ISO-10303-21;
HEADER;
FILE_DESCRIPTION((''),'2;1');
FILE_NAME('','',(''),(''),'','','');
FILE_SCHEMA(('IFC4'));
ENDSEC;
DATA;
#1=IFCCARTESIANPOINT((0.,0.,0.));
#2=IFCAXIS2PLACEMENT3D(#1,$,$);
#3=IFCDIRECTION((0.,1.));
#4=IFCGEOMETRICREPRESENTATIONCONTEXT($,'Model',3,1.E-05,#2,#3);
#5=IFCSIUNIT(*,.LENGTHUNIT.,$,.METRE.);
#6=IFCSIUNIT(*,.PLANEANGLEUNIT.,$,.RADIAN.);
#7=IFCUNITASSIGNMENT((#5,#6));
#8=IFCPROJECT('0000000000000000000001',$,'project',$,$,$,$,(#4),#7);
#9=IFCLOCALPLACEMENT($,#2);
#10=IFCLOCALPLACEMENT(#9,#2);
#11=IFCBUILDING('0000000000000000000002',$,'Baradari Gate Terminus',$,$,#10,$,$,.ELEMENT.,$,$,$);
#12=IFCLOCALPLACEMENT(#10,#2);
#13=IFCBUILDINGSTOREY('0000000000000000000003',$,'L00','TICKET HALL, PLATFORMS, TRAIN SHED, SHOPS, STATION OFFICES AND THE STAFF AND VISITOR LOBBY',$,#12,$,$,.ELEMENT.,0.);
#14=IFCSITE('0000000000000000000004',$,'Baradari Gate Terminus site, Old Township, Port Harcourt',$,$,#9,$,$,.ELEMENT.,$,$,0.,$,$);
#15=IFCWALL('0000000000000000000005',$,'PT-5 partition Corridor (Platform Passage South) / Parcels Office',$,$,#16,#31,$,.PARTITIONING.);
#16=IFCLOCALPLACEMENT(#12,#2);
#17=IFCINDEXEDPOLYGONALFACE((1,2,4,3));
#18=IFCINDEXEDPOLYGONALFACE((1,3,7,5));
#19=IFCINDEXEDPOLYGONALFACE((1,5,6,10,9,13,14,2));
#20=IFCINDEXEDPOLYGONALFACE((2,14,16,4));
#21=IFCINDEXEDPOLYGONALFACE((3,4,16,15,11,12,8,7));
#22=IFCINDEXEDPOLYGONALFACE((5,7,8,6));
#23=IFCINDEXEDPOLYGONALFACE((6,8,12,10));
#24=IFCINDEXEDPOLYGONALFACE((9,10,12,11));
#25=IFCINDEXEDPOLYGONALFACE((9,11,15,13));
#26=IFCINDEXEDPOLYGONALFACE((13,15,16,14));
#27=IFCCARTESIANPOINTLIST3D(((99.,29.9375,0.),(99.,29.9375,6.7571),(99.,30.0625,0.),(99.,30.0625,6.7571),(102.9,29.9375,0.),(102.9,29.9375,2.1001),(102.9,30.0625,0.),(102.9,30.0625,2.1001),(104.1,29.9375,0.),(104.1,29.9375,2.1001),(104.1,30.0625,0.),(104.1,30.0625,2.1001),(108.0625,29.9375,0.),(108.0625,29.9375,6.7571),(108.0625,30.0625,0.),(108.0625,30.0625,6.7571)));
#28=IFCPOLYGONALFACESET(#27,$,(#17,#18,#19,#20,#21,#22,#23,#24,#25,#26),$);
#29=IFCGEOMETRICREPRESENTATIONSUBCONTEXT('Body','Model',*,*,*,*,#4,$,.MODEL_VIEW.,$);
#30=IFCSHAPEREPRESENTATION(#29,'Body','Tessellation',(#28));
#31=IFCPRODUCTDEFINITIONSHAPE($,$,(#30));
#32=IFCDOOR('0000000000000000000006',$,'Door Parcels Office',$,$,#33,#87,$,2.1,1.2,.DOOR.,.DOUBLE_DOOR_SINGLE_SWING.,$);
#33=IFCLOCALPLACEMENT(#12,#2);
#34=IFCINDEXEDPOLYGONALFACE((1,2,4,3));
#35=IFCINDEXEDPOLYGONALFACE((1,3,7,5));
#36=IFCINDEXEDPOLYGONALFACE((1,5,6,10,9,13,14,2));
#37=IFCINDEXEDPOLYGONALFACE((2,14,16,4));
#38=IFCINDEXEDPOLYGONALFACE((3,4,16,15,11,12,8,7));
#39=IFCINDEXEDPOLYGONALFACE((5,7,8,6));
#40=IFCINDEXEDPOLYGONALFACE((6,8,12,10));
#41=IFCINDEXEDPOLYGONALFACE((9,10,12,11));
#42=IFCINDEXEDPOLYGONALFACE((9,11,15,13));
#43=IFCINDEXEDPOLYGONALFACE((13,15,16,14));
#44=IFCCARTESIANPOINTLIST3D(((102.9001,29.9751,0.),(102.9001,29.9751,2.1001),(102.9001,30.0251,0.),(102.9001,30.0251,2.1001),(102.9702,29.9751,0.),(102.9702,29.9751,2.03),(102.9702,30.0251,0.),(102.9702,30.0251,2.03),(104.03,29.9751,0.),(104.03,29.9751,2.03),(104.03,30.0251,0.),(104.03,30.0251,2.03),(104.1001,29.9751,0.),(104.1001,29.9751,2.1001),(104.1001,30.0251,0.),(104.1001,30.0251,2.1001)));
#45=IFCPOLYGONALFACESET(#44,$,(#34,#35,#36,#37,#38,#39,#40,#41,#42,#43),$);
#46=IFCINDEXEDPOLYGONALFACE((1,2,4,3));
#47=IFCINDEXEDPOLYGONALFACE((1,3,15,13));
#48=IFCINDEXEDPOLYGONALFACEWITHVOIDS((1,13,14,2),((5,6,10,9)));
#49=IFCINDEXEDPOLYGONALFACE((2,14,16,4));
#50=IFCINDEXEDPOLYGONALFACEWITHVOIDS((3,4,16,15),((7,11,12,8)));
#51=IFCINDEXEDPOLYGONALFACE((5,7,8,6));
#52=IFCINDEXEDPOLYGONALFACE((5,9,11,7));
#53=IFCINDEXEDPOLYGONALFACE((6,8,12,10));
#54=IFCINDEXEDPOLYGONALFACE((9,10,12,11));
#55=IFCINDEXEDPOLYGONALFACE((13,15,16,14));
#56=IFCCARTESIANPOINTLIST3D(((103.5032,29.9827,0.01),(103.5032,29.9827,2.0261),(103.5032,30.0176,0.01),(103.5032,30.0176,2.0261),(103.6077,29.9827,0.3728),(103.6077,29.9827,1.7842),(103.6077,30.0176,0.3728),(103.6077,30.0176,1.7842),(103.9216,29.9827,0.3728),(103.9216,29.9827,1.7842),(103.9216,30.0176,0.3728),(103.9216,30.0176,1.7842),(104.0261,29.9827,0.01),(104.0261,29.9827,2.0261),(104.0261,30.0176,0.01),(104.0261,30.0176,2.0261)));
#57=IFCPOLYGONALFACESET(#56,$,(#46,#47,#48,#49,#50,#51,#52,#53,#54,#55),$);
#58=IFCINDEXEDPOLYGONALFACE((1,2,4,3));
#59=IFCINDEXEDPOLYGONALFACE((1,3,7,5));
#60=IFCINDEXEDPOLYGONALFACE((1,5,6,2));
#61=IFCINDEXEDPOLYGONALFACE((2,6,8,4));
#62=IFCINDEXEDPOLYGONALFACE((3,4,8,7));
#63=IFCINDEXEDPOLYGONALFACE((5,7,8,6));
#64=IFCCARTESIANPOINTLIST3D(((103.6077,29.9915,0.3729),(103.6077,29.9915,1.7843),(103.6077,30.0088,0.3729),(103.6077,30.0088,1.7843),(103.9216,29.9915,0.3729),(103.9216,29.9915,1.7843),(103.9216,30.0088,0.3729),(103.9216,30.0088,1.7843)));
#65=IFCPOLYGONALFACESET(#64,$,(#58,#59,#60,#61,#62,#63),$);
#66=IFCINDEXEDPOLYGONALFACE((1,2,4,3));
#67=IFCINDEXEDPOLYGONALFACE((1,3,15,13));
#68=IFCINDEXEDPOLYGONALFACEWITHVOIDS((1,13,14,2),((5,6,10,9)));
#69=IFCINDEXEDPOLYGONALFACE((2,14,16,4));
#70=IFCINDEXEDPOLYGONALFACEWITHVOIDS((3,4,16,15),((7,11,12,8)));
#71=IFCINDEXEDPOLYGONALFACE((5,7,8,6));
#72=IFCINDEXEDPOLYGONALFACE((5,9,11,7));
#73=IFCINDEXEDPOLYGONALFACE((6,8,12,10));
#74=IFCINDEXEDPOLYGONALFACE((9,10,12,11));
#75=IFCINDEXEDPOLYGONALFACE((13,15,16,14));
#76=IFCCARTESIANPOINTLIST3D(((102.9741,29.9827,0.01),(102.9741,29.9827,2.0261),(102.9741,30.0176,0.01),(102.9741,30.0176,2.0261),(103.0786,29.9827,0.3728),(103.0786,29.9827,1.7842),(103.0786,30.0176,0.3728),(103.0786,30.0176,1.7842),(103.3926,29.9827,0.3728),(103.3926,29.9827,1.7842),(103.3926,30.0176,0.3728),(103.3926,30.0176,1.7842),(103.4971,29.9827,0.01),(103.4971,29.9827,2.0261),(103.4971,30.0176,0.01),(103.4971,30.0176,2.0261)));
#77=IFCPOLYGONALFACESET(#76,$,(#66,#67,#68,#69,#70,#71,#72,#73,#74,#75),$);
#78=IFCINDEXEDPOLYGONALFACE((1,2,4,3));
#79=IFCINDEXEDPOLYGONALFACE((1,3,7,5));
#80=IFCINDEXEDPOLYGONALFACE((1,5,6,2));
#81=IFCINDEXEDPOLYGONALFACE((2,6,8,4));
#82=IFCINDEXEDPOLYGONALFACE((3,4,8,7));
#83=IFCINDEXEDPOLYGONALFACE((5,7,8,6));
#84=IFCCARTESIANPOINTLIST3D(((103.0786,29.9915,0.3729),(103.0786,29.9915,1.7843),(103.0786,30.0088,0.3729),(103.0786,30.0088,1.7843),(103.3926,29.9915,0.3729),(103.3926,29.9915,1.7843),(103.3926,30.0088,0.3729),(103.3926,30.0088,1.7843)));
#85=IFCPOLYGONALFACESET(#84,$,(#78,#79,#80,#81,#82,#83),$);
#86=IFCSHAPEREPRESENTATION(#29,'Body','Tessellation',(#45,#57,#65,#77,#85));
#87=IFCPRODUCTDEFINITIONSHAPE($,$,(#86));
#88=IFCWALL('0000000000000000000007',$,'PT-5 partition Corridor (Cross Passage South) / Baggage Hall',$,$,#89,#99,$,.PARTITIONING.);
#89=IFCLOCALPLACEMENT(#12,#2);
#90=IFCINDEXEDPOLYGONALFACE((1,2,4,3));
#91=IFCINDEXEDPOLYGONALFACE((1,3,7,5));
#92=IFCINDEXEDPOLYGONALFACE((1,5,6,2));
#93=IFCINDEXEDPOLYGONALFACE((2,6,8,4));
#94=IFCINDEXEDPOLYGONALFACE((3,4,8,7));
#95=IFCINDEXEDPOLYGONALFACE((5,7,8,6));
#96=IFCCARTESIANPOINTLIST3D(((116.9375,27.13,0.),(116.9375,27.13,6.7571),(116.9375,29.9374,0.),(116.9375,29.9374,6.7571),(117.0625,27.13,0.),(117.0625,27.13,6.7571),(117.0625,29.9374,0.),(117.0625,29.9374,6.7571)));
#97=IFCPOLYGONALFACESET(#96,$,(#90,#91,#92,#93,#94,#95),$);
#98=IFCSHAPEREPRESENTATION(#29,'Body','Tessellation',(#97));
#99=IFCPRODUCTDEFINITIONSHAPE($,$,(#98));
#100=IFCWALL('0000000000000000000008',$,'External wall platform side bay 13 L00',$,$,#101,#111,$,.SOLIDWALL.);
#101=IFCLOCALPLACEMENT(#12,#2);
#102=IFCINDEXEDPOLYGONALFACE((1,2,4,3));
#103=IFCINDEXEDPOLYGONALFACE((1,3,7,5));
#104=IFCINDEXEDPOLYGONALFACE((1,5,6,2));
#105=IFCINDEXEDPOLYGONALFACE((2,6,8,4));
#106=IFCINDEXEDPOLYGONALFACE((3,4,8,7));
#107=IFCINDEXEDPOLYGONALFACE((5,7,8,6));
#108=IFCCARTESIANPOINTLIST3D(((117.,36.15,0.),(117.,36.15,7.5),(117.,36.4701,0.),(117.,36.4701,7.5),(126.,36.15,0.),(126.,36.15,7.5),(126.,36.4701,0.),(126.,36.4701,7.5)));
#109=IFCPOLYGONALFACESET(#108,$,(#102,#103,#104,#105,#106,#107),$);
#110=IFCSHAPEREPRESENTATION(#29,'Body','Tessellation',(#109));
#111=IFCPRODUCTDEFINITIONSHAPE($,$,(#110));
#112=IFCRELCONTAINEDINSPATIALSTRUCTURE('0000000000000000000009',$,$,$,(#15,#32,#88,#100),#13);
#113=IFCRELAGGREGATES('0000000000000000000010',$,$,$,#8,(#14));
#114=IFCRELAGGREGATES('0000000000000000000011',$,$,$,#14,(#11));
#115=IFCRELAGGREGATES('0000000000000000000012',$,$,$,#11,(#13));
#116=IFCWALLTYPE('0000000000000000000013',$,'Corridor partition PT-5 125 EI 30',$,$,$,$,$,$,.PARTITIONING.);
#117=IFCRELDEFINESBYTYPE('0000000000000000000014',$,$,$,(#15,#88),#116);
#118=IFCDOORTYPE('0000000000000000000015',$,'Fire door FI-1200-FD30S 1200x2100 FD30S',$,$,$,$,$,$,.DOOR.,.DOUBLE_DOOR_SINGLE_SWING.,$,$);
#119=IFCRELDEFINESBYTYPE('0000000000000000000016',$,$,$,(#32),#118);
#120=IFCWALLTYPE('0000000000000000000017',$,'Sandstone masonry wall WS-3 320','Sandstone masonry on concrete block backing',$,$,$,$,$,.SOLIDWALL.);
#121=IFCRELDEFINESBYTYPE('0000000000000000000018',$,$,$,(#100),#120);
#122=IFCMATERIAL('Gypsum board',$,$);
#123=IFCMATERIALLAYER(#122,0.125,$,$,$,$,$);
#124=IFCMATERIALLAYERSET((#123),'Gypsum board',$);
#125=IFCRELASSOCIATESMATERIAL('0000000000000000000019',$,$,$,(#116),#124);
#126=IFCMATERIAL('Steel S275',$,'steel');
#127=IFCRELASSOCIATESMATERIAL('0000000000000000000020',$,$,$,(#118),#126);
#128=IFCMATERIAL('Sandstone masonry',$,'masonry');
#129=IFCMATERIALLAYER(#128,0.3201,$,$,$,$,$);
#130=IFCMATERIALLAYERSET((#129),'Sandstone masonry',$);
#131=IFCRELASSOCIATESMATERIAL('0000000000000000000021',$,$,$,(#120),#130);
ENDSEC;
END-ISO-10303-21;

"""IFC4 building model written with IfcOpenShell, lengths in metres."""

from ifc_helpers import new_model, si_unit, direction, frame, frame_2d, origin, place, context, subcontext, project, spatial, polyline, rectangle, outline, extrude, material, layer, layer_set, type_object, element, fill, save


model = new_model("IFC4")

# Units and contexts
model_context = context("Model", 3, precision=1e-05, world=origin(), true_north=direction((0.0, 1.0)))
body_context = subcontext(model_context, "Body", "Model", "MODEL_VIEW")
ifc_project = project(units=[si_unit("LENGTHUNIT", "METRE"), si_unit("PLANEANGLEUNIT", "RADIAN")], contexts=[model_context])

# Site, building, storey
site_placement = place(None, origin())
site = spatial("IfcSite", under=ifc_project, at=site_placement, Name="Baradari Gate Terminus site, Old Township, Port Harcourt", CompositionType="ELEMENT", RefElevation=0.0)
building_placement = place(site_placement, origin())
building = spatial("IfcBuilding", under=site, at=building_placement, Name="Baradari Gate Terminus", CompositionType="ELEMENT")
storey_placement = place(building_placement, origin())
storey = spatial("IfcBuildingStorey", under=building, at=storey_placement, Name="L00", Description="TICKET HALL, PLATFORMS, TRAIN SHED, SHOPS, STATION OFFICES AND THE STAFF AND VISITOR LOBBY", CompositionType="ELEMENT", Elevation=0.0)

# Wall, opening, door
ifc_material_1 = material(Name="Gypsum board")
ifc_layer_1 = layer(ifc_material_1, 0.125)
ifc_layer_set_1 = layer_set([ifc_layer_1], Name="Gypsum board")
wall_type_1 = type_object("IfcWallType", Name="Corridor partition PT-5 125 EI 30", PredefinedType="PARTITIONING", material=ifc_layer_set_1)
wall_1_placement = place(storey_placement, frame((108.0625, 30.0, 0.0), z_axis=(0.0, 0.0, 1.0), x_axis=(-1.0, 0.0, 0.0)))
wall_1 = element("IfcWall", 1, at=wall_1_placement, inside=storey, type_object=wall_type_1, Name="PT-5 partition Corridor (Platform Passage South) / Parcels Office", PredefinedType="PARTITIONING", context=body_context, shape_type="SweptSolid", body=[
    extrude(rectangle(XDim=9.0625, YDim=0.125, at=frame_2d((4.5312, 0.0))), origin(), (0.0, 0.0, 1.0), 6.7571),
])
opening_1_placement = place(wall_1_placement, frame((3.9624, 0.0, 0.0)))
opening_1 = element("IfcOpeningElement", 2, at=opening_1_placement, cuts=wall_1, PredefinedType="OPENING", context=body_context, shape_type="SweptSolid", body=[
    extrude(rectangle(XDim=1.2, YDim=2.1001, at=frame_2d((0.6001, 1.05))), frame((0.0, 0.0725, 0.0), z_axis=(0.0, -1.0, 0.0), x_axis=(1.0, 0.0, 0.0)), (0.0, 0.0, 1.0), 0.145),
])
ifc_material_2 = material(Name="Steel S275", Category="steel")
door_type_1 = type_object("IfcDoorType", Name="Fire door FI-1200-FD30S 1200x2100 FD30S", OperationType="DOUBLE_DOOR_SINGLE_SWING", PredefinedType="DOOR", material=ifc_material_2)
door_1_placement = place(opening_1_placement, origin())
door_1 = element("IfcDoor", 3, at=door_1_placement, inside=storey, type_object=door_type_1, Name="Door Parcels Office", OperationType="DOUBLE_DOOR_SINGLE_SWING", OverallHeight=2.1, OverallWidth=1.2, PredefinedType="DOOR", context=body_context, shape_type="SweptSolid", body=[
    extrude(outline(polyline([(0.0, 0.0), (0.0701, 0.0), (0.0701, 2.03), (1.1299, 2.03), (1.1299, 0.0), (1.2, 0.0), (1.2, 2.1001), (0.0, 2.1001), (0.0, 0.0)])), frame((0.0, 0.0249, 0.0), z_axis=(0.0, -1.0, 0.0), x_axis=(1.0, 0.0, 0.0)), (0.0, 0.0, 1.0), 0.05),
    extrude(outline(polyline([(0.074, 0.01), (0.5969, 0.01), (0.5969, 2.0261), (0.074, 2.0261), (0.074, 0.01)]), holes=[polyline([(0.1785, 0.3728), (0.4924, 0.3728), (0.4924, 1.7842), (0.1785, 1.7842), (0.1785, 0.3728)])]), frame((0.0, 0.0173, 0.0), z_axis=(0.0, -1.0, 0.0), x_axis=(1.0, 0.0, 0.0)), (0.0, 0.0, 1.0), 0.0349),
    extrude(rectangle(XDim=0.314, YDim=1.4114, at=frame_2d((0.3354, 1.0786))), frame((0.0, 0.0085, 0.0), z_axis=(0.0, -1.0, 0.0), x_axis=(1.0, 0.0, 0.0)), (0.0, 0.0, 1.0), 0.0173),
    extrude(outline(polyline([(0.603, 0.01), (1.126, 0.01), (1.126, 2.0261), (0.603, 2.0261), (0.603, 0.01)]), holes=[polyline([(0.7075, 0.3728), (1.0215, 0.3728), (1.0215, 1.7842), (0.7075, 1.7842), (0.7075, 0.3728)])]), frame((0.0, 0.0173, 0.0), z_axis=(0.0, -1.0, 0.0), x_axis=(1.0, 0.0, 0.0)), (0.0, 0.0, 1.0), 0.0349),
    extrude(rectangle(XDim=0.314, YDim=1.4114, at=frame_2d((0.8645, 1.0786))), frame((0.0, 0.0085, 0.0), z_axis=(0.0, -1.0, 0.0), x_axis=(1.0, 0.0, 0.0)), (0.0, 0.0, 1.0), 0.0173),
])
fill(opening_1, door_1)

# Wall
wall_2_placement = place(storey_placement, frame((117.0, 29.9375, 0.0), z_axis=(0.0, 0.0, 1.0), x_axis=(0.0, -1.0, 0.0)))
element("IfcWall", 4, at=wall_2_placement, inside=storey, type_object=wall_type_1, Name="PT-5 partition Corridor (Cross Passage South) / Baggage Hall", PredefinedType="PARTITIONING", context=body_context, shape_type="SweptSolid", body=[
    extrude(rectangle(XDim=2.8074, YDim=0.125, at=frame_2d((1.4038, 0.0))), origin(), (0.0, 0.0, 1.0), 6.7571),
])

# Shared definitions
ifc_material_3 = material(Name="Sandstone masonry", Category="masonry")
ifc_layer_2 = layer(ifc_material_3, 0.3201)
ifc_layer_set_2 = layer_set([ifc_layer_2], Name="Sandstone masonry")
wall_type_2 = type_object("IfcWallType", Name="Sandstone masonry wall WS-3 320", Description="Sandstone masonry on concrete block backing", PredefinedType="SOLIDWALL", material=ifc_layer_set_2)

# Wall
wall_3_placement = place(storey_placement, frame((117.0, 36.3101, 0.0), z_axis=(0.0, 0.0, 1.0), x_axis=(1.0, 0.0, 0.0)))
element("IfcWall", 5, at=wall_3_placement, inside=storey, type_object=wall_type_2, Name="External wall platform side bay 13 L00", PredefinedType="SOLIDWALL", context=body_context, shape_type="SweptSolid", body=[
    extrude(rectangle(XDim=9.0, YDim=0.3201, at=frame_2d((4.5, 0.0))), origin(), (0.0, 0.0, 1.0), 7.5),
])

save(model, "model.ifc")
